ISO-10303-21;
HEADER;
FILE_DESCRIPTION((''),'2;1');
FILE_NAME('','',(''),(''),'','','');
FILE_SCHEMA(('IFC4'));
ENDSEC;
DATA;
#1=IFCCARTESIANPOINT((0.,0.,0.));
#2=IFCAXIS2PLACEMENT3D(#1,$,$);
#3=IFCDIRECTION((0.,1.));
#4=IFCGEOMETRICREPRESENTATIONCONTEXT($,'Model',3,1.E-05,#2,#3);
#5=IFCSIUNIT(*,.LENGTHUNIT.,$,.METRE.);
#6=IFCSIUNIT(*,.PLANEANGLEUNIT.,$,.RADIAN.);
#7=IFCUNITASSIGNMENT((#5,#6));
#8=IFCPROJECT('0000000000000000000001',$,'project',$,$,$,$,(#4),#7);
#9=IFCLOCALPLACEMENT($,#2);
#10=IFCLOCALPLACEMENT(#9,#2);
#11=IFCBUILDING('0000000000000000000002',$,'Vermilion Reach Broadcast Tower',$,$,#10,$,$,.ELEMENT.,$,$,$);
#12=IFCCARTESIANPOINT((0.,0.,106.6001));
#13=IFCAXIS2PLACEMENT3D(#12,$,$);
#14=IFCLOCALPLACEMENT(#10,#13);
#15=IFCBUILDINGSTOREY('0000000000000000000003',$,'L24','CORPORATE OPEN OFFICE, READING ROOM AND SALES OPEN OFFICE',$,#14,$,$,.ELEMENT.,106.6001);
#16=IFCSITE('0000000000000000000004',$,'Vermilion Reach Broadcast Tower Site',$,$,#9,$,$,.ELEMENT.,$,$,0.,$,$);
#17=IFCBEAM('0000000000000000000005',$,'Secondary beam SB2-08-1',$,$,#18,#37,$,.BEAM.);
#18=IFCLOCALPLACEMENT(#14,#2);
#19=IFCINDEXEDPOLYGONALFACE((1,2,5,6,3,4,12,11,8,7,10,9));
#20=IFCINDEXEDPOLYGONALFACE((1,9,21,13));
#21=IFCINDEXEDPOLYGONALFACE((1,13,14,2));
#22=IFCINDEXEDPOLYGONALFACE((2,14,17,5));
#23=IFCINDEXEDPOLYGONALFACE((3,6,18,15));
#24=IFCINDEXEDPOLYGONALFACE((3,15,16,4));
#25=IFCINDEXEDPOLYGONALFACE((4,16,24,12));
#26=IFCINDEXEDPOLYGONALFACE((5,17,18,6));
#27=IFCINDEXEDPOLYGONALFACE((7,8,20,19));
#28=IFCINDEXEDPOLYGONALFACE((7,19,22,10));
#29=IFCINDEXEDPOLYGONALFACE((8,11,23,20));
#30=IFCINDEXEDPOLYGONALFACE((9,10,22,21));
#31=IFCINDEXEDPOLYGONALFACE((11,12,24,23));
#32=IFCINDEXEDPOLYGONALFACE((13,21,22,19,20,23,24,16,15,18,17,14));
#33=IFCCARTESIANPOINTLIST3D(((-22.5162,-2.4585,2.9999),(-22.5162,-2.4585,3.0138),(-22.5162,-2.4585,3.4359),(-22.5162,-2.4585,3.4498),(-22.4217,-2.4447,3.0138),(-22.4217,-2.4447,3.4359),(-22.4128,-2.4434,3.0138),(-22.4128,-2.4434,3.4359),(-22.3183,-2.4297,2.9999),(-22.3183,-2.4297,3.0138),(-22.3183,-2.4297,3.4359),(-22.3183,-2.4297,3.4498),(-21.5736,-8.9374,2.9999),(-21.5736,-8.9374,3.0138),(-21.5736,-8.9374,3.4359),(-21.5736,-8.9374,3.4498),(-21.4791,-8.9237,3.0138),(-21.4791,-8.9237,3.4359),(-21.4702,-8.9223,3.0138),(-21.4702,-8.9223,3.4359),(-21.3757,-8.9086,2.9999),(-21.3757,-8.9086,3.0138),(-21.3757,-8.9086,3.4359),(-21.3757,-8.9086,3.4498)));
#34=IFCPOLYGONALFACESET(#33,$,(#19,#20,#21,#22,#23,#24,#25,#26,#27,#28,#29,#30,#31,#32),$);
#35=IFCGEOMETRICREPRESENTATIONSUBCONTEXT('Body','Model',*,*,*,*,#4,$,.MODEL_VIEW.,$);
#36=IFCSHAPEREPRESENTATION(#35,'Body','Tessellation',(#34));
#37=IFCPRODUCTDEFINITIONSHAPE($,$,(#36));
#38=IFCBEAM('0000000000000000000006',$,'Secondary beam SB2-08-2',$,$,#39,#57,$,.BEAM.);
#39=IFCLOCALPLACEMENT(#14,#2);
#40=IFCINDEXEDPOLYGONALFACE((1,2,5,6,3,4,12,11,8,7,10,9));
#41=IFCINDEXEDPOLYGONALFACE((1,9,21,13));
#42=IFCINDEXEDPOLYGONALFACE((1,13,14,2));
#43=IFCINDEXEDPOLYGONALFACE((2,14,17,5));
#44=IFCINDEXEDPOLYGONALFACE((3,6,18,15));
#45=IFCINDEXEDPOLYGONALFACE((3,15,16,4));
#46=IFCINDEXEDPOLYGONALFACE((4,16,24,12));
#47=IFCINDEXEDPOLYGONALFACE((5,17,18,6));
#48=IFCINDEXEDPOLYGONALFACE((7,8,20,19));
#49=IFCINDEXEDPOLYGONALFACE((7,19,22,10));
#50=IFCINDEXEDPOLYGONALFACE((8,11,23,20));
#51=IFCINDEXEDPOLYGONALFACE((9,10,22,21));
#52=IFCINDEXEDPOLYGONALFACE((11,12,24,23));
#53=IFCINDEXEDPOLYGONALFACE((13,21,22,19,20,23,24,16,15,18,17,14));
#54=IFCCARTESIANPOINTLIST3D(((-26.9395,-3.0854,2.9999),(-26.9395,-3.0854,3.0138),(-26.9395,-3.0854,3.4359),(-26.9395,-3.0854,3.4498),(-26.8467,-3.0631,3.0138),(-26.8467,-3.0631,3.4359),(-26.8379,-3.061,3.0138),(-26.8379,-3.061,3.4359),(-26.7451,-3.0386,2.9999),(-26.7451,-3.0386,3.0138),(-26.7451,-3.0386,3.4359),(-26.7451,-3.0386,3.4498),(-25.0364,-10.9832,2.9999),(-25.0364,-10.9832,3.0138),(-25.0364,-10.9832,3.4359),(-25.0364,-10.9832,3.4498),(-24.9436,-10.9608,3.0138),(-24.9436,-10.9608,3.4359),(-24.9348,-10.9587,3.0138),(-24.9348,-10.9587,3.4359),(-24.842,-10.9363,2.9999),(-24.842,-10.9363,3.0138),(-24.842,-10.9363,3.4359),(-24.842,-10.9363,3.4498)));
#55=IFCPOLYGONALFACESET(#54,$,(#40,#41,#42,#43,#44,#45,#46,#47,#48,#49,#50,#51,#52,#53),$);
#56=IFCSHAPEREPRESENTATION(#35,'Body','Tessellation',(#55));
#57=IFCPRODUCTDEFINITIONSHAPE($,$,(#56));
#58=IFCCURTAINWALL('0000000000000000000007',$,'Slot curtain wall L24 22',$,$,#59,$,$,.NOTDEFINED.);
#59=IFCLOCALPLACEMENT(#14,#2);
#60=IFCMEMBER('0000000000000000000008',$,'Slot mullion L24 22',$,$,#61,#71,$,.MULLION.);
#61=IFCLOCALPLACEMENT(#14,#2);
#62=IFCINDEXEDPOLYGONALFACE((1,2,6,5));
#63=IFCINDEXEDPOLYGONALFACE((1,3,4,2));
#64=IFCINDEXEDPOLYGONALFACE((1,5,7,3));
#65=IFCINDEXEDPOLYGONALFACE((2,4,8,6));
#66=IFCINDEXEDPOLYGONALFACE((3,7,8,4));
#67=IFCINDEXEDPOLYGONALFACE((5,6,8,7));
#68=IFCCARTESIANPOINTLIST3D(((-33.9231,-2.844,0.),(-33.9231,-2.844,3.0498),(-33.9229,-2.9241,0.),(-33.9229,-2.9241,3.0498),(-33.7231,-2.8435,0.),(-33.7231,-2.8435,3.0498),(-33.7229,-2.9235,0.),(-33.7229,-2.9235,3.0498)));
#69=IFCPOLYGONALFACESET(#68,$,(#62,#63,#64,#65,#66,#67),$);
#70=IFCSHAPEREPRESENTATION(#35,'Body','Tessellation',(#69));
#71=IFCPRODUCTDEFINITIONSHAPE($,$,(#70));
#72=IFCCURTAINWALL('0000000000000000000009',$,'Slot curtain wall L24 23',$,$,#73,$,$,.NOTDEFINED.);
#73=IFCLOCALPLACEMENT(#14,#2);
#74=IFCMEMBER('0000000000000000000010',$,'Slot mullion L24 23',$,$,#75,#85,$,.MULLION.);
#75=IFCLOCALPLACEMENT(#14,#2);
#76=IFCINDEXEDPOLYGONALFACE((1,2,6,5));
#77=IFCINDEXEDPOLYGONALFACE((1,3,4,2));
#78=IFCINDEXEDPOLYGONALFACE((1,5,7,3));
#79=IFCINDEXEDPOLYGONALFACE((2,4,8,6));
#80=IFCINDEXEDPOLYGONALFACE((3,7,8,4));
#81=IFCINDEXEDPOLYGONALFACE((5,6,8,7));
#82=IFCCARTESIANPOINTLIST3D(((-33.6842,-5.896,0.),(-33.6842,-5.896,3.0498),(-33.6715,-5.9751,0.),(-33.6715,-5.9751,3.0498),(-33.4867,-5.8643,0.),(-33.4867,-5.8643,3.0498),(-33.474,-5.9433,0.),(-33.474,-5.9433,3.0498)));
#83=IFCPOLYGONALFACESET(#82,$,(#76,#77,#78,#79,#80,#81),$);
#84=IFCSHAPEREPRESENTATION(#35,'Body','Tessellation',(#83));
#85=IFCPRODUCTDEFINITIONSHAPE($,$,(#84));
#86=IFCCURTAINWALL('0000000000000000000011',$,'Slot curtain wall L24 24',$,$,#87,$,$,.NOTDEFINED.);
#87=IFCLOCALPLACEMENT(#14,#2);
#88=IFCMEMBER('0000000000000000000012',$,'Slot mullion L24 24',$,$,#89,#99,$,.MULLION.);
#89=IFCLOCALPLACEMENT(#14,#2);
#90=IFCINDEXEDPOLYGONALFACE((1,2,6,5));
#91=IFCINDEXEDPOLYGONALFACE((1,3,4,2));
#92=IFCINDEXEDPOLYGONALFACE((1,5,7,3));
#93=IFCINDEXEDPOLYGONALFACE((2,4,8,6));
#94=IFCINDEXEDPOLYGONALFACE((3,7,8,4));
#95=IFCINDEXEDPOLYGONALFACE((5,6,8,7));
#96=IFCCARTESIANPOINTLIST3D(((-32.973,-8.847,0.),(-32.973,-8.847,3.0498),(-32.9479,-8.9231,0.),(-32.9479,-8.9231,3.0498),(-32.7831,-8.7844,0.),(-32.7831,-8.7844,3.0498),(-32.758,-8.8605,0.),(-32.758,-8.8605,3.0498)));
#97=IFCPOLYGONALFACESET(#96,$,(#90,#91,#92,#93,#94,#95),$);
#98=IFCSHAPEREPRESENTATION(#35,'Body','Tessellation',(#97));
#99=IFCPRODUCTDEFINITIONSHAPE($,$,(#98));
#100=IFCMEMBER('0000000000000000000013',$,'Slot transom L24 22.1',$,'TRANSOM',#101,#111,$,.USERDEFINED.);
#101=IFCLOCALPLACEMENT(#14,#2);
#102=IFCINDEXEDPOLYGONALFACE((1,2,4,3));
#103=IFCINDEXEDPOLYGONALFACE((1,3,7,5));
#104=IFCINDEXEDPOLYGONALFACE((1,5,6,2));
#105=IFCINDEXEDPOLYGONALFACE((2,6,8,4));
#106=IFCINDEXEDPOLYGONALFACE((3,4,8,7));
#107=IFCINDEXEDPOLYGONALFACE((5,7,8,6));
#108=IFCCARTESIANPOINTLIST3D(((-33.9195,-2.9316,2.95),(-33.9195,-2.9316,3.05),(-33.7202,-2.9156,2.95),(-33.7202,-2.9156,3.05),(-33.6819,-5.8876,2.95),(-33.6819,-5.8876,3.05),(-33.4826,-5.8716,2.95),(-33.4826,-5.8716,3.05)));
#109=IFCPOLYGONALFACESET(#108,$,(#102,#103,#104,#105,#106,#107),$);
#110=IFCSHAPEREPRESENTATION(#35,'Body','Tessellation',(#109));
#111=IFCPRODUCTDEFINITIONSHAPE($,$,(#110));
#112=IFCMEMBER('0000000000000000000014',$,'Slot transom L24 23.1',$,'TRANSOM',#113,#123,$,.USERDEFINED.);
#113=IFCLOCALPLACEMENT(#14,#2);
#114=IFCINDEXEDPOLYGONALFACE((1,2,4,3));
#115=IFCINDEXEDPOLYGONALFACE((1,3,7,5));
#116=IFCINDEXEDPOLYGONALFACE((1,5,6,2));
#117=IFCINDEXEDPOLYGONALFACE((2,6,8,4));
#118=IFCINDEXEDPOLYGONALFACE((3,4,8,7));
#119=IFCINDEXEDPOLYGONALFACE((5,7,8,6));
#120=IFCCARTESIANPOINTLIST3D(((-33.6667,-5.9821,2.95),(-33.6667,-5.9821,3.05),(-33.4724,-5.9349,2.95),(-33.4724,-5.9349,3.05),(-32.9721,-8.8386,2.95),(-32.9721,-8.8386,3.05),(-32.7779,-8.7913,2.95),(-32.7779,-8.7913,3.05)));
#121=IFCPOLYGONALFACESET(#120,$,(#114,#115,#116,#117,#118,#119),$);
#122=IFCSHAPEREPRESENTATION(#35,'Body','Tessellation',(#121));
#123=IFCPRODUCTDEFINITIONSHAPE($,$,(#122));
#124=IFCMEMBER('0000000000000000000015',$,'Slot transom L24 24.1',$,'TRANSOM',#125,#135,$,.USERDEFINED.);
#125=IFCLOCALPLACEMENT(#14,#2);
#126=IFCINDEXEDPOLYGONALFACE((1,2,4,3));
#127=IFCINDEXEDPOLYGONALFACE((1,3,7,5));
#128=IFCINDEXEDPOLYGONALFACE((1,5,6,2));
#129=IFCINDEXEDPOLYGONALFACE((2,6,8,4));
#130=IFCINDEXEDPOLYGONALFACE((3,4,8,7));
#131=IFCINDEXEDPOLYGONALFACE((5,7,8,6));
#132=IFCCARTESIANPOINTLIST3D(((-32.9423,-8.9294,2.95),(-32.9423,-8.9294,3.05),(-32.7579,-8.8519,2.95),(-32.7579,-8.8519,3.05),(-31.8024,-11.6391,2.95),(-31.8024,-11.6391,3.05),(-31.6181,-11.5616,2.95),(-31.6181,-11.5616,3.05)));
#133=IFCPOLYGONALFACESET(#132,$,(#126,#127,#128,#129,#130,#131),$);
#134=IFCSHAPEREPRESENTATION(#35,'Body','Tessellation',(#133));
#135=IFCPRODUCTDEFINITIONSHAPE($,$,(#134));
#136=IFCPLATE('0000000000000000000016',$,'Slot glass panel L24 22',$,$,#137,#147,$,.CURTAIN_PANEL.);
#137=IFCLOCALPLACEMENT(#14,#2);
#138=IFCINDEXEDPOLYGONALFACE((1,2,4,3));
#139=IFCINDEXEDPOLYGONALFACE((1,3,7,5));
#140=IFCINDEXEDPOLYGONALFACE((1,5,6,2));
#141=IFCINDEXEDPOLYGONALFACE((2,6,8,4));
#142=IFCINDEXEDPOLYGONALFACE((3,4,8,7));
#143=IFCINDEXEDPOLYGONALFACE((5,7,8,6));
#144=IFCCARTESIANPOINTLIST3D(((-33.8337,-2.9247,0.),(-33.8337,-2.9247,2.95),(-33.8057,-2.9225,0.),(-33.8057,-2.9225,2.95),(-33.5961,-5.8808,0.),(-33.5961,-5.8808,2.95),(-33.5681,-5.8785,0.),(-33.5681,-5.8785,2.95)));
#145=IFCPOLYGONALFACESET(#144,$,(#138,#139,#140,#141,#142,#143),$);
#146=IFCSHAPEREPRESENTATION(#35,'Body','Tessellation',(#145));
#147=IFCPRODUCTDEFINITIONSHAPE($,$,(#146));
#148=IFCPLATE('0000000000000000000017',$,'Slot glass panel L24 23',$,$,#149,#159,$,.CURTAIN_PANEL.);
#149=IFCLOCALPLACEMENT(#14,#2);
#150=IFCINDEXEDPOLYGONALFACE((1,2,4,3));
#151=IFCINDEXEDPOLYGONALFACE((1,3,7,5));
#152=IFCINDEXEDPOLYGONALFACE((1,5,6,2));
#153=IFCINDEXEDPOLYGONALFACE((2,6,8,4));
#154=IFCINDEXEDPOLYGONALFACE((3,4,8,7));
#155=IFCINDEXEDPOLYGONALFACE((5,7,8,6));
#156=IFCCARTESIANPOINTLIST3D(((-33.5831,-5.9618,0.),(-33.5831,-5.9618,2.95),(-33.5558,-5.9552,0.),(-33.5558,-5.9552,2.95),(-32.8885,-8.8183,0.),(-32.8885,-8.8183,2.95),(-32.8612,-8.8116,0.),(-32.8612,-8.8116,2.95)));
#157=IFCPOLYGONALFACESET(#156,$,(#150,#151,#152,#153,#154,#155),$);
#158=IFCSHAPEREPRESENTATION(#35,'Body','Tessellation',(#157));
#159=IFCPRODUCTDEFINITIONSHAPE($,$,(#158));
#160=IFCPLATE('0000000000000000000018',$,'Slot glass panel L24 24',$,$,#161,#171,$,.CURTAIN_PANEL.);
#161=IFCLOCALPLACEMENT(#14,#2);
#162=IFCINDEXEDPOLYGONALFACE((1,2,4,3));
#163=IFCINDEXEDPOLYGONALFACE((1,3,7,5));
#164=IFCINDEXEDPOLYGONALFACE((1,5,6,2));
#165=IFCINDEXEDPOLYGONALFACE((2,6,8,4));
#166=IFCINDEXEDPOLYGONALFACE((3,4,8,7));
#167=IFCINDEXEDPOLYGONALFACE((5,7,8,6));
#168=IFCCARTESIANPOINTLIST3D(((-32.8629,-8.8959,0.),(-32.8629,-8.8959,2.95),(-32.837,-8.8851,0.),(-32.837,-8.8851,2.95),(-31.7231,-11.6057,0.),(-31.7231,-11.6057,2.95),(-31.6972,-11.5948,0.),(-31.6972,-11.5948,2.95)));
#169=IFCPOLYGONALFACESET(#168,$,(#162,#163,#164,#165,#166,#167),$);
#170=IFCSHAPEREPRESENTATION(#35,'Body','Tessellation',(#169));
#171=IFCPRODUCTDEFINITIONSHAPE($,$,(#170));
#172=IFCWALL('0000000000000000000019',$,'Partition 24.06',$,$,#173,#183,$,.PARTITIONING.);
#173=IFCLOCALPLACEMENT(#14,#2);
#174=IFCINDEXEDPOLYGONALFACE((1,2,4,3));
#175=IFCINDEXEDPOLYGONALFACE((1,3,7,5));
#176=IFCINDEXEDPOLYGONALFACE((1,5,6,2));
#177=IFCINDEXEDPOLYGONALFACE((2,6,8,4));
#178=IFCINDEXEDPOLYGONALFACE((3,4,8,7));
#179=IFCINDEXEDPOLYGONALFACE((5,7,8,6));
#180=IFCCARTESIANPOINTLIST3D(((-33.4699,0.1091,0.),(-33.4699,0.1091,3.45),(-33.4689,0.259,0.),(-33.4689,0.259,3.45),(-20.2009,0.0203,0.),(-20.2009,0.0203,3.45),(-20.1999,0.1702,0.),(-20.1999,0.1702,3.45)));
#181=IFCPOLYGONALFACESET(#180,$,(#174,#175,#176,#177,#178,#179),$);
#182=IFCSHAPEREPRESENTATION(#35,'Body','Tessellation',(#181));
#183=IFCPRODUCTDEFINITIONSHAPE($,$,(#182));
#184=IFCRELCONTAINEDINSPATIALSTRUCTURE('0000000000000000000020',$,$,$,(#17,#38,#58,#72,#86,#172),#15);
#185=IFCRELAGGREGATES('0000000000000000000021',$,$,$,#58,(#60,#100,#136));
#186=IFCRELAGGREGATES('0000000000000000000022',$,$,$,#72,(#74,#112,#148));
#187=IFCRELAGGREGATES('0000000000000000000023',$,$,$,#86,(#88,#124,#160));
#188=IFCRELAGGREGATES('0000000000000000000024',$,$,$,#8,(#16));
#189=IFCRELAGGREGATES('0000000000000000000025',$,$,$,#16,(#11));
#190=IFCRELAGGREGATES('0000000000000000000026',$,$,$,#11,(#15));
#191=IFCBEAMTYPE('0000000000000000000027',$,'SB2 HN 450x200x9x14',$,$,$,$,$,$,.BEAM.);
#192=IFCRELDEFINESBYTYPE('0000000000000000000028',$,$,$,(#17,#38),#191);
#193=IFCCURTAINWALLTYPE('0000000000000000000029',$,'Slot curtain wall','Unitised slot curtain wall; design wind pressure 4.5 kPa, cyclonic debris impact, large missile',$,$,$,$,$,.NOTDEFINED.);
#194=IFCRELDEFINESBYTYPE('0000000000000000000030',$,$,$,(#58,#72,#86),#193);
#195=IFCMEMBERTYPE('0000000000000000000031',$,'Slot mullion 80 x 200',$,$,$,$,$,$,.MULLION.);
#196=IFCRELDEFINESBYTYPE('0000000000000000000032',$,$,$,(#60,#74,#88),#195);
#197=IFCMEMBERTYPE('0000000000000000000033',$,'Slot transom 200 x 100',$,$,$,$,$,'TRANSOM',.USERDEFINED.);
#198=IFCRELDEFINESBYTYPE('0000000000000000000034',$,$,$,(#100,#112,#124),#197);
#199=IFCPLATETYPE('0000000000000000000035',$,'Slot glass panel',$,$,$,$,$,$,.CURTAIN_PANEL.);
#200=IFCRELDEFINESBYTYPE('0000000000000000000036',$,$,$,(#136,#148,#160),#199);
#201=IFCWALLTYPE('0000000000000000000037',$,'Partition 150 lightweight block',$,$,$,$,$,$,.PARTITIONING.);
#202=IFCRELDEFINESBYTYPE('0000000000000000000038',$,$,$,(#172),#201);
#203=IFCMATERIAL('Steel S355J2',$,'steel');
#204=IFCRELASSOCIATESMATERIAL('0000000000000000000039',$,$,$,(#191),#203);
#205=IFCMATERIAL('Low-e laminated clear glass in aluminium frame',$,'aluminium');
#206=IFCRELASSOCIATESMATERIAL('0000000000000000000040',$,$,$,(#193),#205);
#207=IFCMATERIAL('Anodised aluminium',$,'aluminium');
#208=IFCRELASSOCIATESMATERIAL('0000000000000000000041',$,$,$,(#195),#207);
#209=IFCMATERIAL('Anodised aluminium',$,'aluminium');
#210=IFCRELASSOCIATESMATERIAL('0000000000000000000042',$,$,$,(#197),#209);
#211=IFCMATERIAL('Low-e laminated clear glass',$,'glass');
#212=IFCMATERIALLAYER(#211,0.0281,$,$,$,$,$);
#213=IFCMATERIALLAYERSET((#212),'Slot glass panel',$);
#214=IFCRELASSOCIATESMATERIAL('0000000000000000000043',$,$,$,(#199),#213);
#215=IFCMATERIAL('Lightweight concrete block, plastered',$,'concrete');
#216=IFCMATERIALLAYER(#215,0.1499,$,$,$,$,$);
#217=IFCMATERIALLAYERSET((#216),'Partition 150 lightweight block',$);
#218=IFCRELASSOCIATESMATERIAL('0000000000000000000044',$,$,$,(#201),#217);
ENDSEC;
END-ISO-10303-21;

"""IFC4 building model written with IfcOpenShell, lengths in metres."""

from ifc_helpers import new_model, si_unit, direction, frame, frame_2d, origin, origin_2d, place, context, subcontext, project, spatial, rectangle, i_section, extrude, material, layer, layer_set, material_profile, profile_set, type_object, element, aggregate, save


model = new_model("IFC4")

# Units and contexts
model_context = context("Model", 3, precision=1e-05, world=origin(), true_north=direction((0.0, 1.0)))
body_context = subcontext(model_context, "Body", "Model", "MODEL_VIEW")
ifc_project = project(units=[si_unit("LENGTHUNIT", "METRE"), si_unit("PLANEANGLEUNIT", "RADIAN")], contexts=[model_context])

# Site, building, storey
site_placement = place(None, origin())
site = spatial("IfcSite", under=ifc_project, at=site_placement, Name="Vermilion Reach Broadcast Tower Site", CompositionType="ELEMENT", RefElevation=0.0)
building_placement = place(site_placement, origin())
building = spatial("IfcBuilding", under=site, at=building_placement, Name="Vermilion Reach Broadcast Tower", CompositionType="ELEMENT")
storey_placement = place(building_placement, frame((0.0, 0.0, 106.6001)))
storey = spatial("IfcBuildingStorey", under=building, at=storey_placement, Name="L24", Description="CORPORATE OPEN OFFICE, READING ROOM AND SALES OPEN OFFICE", CompositionType="ELEMENT", Elevation=106.6001)

# Beams
ifc_material_1 = material(Name="Steel S355J2", Category="steel")
ifc_material_profile_1 = material_profile(ifc_material_1, i_section(OverallWidth=0.2, OverallDepth=0.45, WebThickness=0.009, FlangeThickness=0.0139, at=origin_2d()), Name="S355J2 HN 450x200x9x14")
ifc_profile_set_1 = profile_set([ifc_material_profile_1], Name="Steel S355J2")
beam_type_1 = type_object("IfcBeamType", Name="SB2 HN 450x200x9x14", PredefinedType="BEAM", material=ifc_profile_set_1)
beam_1_placement = place(storey_placement, frame((-22.4172, -2.4441, 3.2249), z_axis=(0.143974, -0.989582, 0.0), x_axis=(0.989582, 0.143974, 0.0)))
element("IfcBeam", 1, at=beam_1_placement, inside=storey, type_object=beam_type_1, Name="Secondary beam SB2-08-1", PredefinedType="BEAM", context=body_context, shape_type="SweptSolid", body=[
    extrude(i_section(OverallWidth=0.2, OverallDepth=0.45, WebThickness=0.009, FlangeThickness=0.0139, at=origin_2d()), origin(), (0.0, 0.0, 1.0), 6.5471),
])
beam_2_placement = place(storey_placement, frame((-26.8423, -3.062, 3.2249), z_axis=(0.234261, -0.972174, 0.0), x_axis=(0.972174, 0.234261, 0.0)))
element("IfcBeam", 2, at=beam_2_placement, inside=storey, type_object=beam_type_1, Name="Secondary beam SB2-08-2", PredefinedType="BEAM", context=body_context, shape_type="SweptSolid", body=[
    extrude(i_section(OverallWidth=0.2, OverallDepth=0.45, WebThickness=0.009, FlangeThickness=0.0139, at=origin_2d()), origin(), (0.0, 0.0, 1.0), 8.1238),
])

# Curtain walls, members
ifc_material_2 = material(Name="Low-e laminated clear glass in aluminium frame", Category="aluminium")
curtain_wall_type = type_object("IfcCurtainWallType", Name="Slot curtain wall", Description="Unitised slot curtain wall; design wind pressure 4.5 kPa, cyclonic debris impact, large missile", PredefinedType="NOTDEFINED", material=ifc_material_2)
placement = place(storey_placement, origin())
curtain_wall_1 = element("IfcCurtainWall", 3, at=placement, inside=storey, type_object=curtain_wall_type, Name="Slot curtain wall L24 22", PredefinedType="NOTDEFINED")
ifc_material_3 = material(Name="Anodised aluminium", Category="aluminium")
ifc_material_profile_2 = material_profile(ifc_material_3, rectangle(XDim=0.2, YDim=0.0801, at=origin_2d()), Name="Slot mullion 80 x 200")
ifc_profile_set_2 = profile_set([ifc_material_profile_2], Name="Anodised aluminium")
member_type_1 = type_object("IfcMemberType", Name="Slot mullion 80 x 200", PredefinedType="MULLION", material=ifc_profile_set_2)
member_1_placement = place(storey_placement, frame((-33.823, -2.8838, 0.0), z_axis=(0.0, 0.0, 1.0), x_axis=(0.999996, 0.002907, 0.0)))
member_1 = element("IfcMember", 4, at=member_1_placement, type_object=member_type_1, Name="Slot mullion L24 22", PredefinedType="MULLION", context=body_context, shape_type="SweptSolid", body=[
    extrude(rectangle(XDim=0.2, YDim=0.0801, at=origin_2d()), origin(), (0.0, 0.0, 1.0), 3.0498),
])
curtain_wall_2 = element("IfcCurtainWall", 5, at=placement, inside=storey, type_object=curtain_wall_type, Name="Slot curtain wall L24 23", PredefinedType="NOTDEFINED")
member_2_placement = place(storey_placement, frame((-33.5791, -5.9197, 0.0), z_axis=(0.0, 0.0, 1.0), x_axis=(0.987328, 0.158694, 0.0)))
member_2 = element("IfcMember", 6, at=member_2_placement, type_object=member_type_1, Name="Slot mullion L24 23", PredefinedType="MULLION", context=body_context, shape_type="SweptSolid", body=[
    extrude(rectangle(XDim=0.2, YDim=0.0801, at=origin_2d()), origin(), (0.0, 0.0, 1.0), 3.0498),
])
curtain_wall_3 = element("IfcCurtainWall", 7, at=placement, inside=storey, type_object=curtain_wall_type, Name="Slot curtain wall L24 24", PredefinedType="NOTDEFINED")
member_3_placement = place(storey_placement, frame((-32.8655, -8.8538, 0.0), z_axis=(0.0, 0.0, 1.0), x_axis=(0.949754, 0.312998, 0.0)))
member_3 = element("IfcMember", 8, at=member_3_placement, type_object=member_type_1, Name="Slot mullion L24 24", PredefinedType="MULLION", context=body_context, shape_type="SweptSolid", body=[
    extrude(rectangle(XDim=0.2, YDim=0.0801, at=origin_2d()), origin(), (0.0, 0.0, 1.0), 3.0498),
])

# Members
ifc_material_4 = material(Name="Anodised aluminium", Category="aluminium")
ifc_material_profile_3 = material_profile(ifc_material_4, rectangle(XDim=0.2, YDim=0.1001, at=origin_2d()), Name="Slot transom 200 x 100")
ifc_profile_set_3 = profile_set([ifc_material_profile_3], Name="Anodised aluminium")
member_type_2 = type_object("IfcMemberType", Name="Slot transom 200 x 100", ElementType="TRANSOM", PredefinedType="USERDEFINED", material=ifc_profile_set_3)
member_4_placement = place(storey_placement, frame((-33.8198, -2.9236, 3.0), z_axis=(0.080102, -0.996787, 0.0), x_axis=(0.996787, 0.080102, 0.0)))
member_4 = element("IfcMember", 9, at=member_4_placement, type_object=member_type_2, Name="Slot transom L24 22.1", ObjectType="TRANSOM", PredefinedType="USERDEFINED", context=body_context, shape_type="SweptSolid", body=[
    extrude(rectangle(XDim=0.2, YDim=0.1001, at=origin_2d()), origin(), (0.0, 0.0, 1.0), 2.9656),
])
member_5_placement = place(storey_placement, frame((-33.5696, -5.9585, 3.0), z_axis=(0.236277, -0.971686, 0.0), x_axis=(0.971686, 0.236277, 0.0)))
member_5 = element("IfcMember", 10, at=member_5_placement, type_object=member_type_2, Name="Slot transom L24 23.1", ObjectType="TRANSOM", PredefinedType="USERDEFINED", context=body_context, shape_type="SweptSolid", body=[
    extrude(rectangle(XDim=0.2, YDim=0.1001, at=origin_2d()), origin(), (0.0, 0.0, 1.0), 2.9397),
])
member_6_placement = place(storey_placement, frame((-32.8501, -8.8906, 3.0), z_axis=(0.387756, -0.921762, 0.0), x_axis=(0.921762, 0.387756, 0.0)))
member_6 = element("IfcMember", 11, at=member_6_placement, type_object=member_type_2, Name="Slot transom L24 24.1", ObjectType="TRANSOM", PredefinedType="USERDEFINED", context=body_context, shape_type="SweptSolid", body=[
    extrude(rectangle(XDim=0.2, YDim=0.1001, at=origin_2d()), origin(), (0.0, 0.0, 1.0), 2.9397),
])

# Plates
ifc_material_5 = material(Name="Low-e laminated clear glass", Category="glass")
ifc_layer_1 = layer(ifc_material_5, 0.0281)
ifc_layer_set_1 = layer_set([ifc_layer_1], Name="Slot glass panel")
plate_type = type_object("IfcPlateType", Name="Slot glass panel", PredefinedType="CURTAIN_PANEL", material=ifc_layer_set_1)
plate_1_placement = place(storey_placement, frame((-33.7009, -4.4016, 0.0), z_axis=(0.0, 0.0, 1.0), x_axis=(0.08012, -0.996785, 0.0)))
plate_1 = element("IfcPlate", 12, at=plate_1_placement, type_object=plate_type, Name="Slot glass panel L24 22", PredefinedType="CURTAIN_PANEL", context=body_context, shape_type="SweptSolid", body=[
    extrude(rectangle(XDim=2.9656, YDim=0.0281, at=origin_2d()), origin(), (0.0, 0.0, 1.0), 2.95),
])
aggregate(curtain_wall_1, [member_1, member_4, plate_1])
plate_2_placement = place(storey_placement, frame((-33.2222, -7.3867, 0.0), z_axis=(0.0, 0.0, 1.0), x_axis=(0.236275, -0.971686, 0.0)))
plate_2 = element("IfcPlate", 13, at=plate_2_placement, type_object=plate_type, Name="Slot glass panel L24 23", PredefinedType="CURTAIN_PANEL", context=body_context, shape_type="SweptSolid", body=[
    extrude(rectangle(XDim=2.9397, YDim=0.0281, at=origin_2d()), origin(), (0.0, 0.0, 1.0), 2.95),
])
aggregate(curtain_wall_2, [member_2, member_5, plate_2])
plate_3_placement = place(storey_placement, frame((-32.28, -10.2454, 0.0), z_axis=(0.0, 0.0, 1.0), x_axis=(0.387728, -0.921774, 0.0)))
plate_3 = element("IfcPlate", 14, at=plate_3_placement, type_object=plate_type, Name="Slot glass panel L24 24", PredefinedType="CURTAIN_PANEL", context=body_context, shape_type="SweptSolid", body=[
    extrude(rectangle(XDim=2.9397, YDim=0.0281, at=origin_2d()), origin(), (0.0, 0.0, 1.0), 2.95),
])
aggregate(curtain_wall_3, [member_3, member_6, plate_3])

# Wall
ifc_material_6 = material(Name="Lightweight concrete block, plastered", Category="concrete")
ifc_layer_2 = layer(ifc_material_6, 0.1499)
ifc_layer_set_2 = layer_set([ifc_layer_2], Name="Partition 150 lightweight block")
wall_type_1 = type_object("IfcWallType", Name="Partition 150 lightweight block", PredefinedType="PARTITIONING", material=ifc_layer_set_2)
wall_1_placement = place(storey_placement, frame((-33.4695, 0.1841, 0.0), z_axis=(0.0, 0.0, 1.0), x_axis=(0.999978, -0.006697, 0.0)))
element("IfcWall", 15, at=wall_1_placement, inside=storey, type_object=wall_type_1, Name="Partition 24.06", PredefinedType="PARTITIONING", context=body_context, shape_type="SweptSolid", body=[
    extrude(rectangle(XDim=13.2693, YDim=0.1499, at=frame_2d((6.6348, 0.0))), origin(), (0.0, 0.0, 1.0), 3.45),
])

save(model, "model.ifc")
